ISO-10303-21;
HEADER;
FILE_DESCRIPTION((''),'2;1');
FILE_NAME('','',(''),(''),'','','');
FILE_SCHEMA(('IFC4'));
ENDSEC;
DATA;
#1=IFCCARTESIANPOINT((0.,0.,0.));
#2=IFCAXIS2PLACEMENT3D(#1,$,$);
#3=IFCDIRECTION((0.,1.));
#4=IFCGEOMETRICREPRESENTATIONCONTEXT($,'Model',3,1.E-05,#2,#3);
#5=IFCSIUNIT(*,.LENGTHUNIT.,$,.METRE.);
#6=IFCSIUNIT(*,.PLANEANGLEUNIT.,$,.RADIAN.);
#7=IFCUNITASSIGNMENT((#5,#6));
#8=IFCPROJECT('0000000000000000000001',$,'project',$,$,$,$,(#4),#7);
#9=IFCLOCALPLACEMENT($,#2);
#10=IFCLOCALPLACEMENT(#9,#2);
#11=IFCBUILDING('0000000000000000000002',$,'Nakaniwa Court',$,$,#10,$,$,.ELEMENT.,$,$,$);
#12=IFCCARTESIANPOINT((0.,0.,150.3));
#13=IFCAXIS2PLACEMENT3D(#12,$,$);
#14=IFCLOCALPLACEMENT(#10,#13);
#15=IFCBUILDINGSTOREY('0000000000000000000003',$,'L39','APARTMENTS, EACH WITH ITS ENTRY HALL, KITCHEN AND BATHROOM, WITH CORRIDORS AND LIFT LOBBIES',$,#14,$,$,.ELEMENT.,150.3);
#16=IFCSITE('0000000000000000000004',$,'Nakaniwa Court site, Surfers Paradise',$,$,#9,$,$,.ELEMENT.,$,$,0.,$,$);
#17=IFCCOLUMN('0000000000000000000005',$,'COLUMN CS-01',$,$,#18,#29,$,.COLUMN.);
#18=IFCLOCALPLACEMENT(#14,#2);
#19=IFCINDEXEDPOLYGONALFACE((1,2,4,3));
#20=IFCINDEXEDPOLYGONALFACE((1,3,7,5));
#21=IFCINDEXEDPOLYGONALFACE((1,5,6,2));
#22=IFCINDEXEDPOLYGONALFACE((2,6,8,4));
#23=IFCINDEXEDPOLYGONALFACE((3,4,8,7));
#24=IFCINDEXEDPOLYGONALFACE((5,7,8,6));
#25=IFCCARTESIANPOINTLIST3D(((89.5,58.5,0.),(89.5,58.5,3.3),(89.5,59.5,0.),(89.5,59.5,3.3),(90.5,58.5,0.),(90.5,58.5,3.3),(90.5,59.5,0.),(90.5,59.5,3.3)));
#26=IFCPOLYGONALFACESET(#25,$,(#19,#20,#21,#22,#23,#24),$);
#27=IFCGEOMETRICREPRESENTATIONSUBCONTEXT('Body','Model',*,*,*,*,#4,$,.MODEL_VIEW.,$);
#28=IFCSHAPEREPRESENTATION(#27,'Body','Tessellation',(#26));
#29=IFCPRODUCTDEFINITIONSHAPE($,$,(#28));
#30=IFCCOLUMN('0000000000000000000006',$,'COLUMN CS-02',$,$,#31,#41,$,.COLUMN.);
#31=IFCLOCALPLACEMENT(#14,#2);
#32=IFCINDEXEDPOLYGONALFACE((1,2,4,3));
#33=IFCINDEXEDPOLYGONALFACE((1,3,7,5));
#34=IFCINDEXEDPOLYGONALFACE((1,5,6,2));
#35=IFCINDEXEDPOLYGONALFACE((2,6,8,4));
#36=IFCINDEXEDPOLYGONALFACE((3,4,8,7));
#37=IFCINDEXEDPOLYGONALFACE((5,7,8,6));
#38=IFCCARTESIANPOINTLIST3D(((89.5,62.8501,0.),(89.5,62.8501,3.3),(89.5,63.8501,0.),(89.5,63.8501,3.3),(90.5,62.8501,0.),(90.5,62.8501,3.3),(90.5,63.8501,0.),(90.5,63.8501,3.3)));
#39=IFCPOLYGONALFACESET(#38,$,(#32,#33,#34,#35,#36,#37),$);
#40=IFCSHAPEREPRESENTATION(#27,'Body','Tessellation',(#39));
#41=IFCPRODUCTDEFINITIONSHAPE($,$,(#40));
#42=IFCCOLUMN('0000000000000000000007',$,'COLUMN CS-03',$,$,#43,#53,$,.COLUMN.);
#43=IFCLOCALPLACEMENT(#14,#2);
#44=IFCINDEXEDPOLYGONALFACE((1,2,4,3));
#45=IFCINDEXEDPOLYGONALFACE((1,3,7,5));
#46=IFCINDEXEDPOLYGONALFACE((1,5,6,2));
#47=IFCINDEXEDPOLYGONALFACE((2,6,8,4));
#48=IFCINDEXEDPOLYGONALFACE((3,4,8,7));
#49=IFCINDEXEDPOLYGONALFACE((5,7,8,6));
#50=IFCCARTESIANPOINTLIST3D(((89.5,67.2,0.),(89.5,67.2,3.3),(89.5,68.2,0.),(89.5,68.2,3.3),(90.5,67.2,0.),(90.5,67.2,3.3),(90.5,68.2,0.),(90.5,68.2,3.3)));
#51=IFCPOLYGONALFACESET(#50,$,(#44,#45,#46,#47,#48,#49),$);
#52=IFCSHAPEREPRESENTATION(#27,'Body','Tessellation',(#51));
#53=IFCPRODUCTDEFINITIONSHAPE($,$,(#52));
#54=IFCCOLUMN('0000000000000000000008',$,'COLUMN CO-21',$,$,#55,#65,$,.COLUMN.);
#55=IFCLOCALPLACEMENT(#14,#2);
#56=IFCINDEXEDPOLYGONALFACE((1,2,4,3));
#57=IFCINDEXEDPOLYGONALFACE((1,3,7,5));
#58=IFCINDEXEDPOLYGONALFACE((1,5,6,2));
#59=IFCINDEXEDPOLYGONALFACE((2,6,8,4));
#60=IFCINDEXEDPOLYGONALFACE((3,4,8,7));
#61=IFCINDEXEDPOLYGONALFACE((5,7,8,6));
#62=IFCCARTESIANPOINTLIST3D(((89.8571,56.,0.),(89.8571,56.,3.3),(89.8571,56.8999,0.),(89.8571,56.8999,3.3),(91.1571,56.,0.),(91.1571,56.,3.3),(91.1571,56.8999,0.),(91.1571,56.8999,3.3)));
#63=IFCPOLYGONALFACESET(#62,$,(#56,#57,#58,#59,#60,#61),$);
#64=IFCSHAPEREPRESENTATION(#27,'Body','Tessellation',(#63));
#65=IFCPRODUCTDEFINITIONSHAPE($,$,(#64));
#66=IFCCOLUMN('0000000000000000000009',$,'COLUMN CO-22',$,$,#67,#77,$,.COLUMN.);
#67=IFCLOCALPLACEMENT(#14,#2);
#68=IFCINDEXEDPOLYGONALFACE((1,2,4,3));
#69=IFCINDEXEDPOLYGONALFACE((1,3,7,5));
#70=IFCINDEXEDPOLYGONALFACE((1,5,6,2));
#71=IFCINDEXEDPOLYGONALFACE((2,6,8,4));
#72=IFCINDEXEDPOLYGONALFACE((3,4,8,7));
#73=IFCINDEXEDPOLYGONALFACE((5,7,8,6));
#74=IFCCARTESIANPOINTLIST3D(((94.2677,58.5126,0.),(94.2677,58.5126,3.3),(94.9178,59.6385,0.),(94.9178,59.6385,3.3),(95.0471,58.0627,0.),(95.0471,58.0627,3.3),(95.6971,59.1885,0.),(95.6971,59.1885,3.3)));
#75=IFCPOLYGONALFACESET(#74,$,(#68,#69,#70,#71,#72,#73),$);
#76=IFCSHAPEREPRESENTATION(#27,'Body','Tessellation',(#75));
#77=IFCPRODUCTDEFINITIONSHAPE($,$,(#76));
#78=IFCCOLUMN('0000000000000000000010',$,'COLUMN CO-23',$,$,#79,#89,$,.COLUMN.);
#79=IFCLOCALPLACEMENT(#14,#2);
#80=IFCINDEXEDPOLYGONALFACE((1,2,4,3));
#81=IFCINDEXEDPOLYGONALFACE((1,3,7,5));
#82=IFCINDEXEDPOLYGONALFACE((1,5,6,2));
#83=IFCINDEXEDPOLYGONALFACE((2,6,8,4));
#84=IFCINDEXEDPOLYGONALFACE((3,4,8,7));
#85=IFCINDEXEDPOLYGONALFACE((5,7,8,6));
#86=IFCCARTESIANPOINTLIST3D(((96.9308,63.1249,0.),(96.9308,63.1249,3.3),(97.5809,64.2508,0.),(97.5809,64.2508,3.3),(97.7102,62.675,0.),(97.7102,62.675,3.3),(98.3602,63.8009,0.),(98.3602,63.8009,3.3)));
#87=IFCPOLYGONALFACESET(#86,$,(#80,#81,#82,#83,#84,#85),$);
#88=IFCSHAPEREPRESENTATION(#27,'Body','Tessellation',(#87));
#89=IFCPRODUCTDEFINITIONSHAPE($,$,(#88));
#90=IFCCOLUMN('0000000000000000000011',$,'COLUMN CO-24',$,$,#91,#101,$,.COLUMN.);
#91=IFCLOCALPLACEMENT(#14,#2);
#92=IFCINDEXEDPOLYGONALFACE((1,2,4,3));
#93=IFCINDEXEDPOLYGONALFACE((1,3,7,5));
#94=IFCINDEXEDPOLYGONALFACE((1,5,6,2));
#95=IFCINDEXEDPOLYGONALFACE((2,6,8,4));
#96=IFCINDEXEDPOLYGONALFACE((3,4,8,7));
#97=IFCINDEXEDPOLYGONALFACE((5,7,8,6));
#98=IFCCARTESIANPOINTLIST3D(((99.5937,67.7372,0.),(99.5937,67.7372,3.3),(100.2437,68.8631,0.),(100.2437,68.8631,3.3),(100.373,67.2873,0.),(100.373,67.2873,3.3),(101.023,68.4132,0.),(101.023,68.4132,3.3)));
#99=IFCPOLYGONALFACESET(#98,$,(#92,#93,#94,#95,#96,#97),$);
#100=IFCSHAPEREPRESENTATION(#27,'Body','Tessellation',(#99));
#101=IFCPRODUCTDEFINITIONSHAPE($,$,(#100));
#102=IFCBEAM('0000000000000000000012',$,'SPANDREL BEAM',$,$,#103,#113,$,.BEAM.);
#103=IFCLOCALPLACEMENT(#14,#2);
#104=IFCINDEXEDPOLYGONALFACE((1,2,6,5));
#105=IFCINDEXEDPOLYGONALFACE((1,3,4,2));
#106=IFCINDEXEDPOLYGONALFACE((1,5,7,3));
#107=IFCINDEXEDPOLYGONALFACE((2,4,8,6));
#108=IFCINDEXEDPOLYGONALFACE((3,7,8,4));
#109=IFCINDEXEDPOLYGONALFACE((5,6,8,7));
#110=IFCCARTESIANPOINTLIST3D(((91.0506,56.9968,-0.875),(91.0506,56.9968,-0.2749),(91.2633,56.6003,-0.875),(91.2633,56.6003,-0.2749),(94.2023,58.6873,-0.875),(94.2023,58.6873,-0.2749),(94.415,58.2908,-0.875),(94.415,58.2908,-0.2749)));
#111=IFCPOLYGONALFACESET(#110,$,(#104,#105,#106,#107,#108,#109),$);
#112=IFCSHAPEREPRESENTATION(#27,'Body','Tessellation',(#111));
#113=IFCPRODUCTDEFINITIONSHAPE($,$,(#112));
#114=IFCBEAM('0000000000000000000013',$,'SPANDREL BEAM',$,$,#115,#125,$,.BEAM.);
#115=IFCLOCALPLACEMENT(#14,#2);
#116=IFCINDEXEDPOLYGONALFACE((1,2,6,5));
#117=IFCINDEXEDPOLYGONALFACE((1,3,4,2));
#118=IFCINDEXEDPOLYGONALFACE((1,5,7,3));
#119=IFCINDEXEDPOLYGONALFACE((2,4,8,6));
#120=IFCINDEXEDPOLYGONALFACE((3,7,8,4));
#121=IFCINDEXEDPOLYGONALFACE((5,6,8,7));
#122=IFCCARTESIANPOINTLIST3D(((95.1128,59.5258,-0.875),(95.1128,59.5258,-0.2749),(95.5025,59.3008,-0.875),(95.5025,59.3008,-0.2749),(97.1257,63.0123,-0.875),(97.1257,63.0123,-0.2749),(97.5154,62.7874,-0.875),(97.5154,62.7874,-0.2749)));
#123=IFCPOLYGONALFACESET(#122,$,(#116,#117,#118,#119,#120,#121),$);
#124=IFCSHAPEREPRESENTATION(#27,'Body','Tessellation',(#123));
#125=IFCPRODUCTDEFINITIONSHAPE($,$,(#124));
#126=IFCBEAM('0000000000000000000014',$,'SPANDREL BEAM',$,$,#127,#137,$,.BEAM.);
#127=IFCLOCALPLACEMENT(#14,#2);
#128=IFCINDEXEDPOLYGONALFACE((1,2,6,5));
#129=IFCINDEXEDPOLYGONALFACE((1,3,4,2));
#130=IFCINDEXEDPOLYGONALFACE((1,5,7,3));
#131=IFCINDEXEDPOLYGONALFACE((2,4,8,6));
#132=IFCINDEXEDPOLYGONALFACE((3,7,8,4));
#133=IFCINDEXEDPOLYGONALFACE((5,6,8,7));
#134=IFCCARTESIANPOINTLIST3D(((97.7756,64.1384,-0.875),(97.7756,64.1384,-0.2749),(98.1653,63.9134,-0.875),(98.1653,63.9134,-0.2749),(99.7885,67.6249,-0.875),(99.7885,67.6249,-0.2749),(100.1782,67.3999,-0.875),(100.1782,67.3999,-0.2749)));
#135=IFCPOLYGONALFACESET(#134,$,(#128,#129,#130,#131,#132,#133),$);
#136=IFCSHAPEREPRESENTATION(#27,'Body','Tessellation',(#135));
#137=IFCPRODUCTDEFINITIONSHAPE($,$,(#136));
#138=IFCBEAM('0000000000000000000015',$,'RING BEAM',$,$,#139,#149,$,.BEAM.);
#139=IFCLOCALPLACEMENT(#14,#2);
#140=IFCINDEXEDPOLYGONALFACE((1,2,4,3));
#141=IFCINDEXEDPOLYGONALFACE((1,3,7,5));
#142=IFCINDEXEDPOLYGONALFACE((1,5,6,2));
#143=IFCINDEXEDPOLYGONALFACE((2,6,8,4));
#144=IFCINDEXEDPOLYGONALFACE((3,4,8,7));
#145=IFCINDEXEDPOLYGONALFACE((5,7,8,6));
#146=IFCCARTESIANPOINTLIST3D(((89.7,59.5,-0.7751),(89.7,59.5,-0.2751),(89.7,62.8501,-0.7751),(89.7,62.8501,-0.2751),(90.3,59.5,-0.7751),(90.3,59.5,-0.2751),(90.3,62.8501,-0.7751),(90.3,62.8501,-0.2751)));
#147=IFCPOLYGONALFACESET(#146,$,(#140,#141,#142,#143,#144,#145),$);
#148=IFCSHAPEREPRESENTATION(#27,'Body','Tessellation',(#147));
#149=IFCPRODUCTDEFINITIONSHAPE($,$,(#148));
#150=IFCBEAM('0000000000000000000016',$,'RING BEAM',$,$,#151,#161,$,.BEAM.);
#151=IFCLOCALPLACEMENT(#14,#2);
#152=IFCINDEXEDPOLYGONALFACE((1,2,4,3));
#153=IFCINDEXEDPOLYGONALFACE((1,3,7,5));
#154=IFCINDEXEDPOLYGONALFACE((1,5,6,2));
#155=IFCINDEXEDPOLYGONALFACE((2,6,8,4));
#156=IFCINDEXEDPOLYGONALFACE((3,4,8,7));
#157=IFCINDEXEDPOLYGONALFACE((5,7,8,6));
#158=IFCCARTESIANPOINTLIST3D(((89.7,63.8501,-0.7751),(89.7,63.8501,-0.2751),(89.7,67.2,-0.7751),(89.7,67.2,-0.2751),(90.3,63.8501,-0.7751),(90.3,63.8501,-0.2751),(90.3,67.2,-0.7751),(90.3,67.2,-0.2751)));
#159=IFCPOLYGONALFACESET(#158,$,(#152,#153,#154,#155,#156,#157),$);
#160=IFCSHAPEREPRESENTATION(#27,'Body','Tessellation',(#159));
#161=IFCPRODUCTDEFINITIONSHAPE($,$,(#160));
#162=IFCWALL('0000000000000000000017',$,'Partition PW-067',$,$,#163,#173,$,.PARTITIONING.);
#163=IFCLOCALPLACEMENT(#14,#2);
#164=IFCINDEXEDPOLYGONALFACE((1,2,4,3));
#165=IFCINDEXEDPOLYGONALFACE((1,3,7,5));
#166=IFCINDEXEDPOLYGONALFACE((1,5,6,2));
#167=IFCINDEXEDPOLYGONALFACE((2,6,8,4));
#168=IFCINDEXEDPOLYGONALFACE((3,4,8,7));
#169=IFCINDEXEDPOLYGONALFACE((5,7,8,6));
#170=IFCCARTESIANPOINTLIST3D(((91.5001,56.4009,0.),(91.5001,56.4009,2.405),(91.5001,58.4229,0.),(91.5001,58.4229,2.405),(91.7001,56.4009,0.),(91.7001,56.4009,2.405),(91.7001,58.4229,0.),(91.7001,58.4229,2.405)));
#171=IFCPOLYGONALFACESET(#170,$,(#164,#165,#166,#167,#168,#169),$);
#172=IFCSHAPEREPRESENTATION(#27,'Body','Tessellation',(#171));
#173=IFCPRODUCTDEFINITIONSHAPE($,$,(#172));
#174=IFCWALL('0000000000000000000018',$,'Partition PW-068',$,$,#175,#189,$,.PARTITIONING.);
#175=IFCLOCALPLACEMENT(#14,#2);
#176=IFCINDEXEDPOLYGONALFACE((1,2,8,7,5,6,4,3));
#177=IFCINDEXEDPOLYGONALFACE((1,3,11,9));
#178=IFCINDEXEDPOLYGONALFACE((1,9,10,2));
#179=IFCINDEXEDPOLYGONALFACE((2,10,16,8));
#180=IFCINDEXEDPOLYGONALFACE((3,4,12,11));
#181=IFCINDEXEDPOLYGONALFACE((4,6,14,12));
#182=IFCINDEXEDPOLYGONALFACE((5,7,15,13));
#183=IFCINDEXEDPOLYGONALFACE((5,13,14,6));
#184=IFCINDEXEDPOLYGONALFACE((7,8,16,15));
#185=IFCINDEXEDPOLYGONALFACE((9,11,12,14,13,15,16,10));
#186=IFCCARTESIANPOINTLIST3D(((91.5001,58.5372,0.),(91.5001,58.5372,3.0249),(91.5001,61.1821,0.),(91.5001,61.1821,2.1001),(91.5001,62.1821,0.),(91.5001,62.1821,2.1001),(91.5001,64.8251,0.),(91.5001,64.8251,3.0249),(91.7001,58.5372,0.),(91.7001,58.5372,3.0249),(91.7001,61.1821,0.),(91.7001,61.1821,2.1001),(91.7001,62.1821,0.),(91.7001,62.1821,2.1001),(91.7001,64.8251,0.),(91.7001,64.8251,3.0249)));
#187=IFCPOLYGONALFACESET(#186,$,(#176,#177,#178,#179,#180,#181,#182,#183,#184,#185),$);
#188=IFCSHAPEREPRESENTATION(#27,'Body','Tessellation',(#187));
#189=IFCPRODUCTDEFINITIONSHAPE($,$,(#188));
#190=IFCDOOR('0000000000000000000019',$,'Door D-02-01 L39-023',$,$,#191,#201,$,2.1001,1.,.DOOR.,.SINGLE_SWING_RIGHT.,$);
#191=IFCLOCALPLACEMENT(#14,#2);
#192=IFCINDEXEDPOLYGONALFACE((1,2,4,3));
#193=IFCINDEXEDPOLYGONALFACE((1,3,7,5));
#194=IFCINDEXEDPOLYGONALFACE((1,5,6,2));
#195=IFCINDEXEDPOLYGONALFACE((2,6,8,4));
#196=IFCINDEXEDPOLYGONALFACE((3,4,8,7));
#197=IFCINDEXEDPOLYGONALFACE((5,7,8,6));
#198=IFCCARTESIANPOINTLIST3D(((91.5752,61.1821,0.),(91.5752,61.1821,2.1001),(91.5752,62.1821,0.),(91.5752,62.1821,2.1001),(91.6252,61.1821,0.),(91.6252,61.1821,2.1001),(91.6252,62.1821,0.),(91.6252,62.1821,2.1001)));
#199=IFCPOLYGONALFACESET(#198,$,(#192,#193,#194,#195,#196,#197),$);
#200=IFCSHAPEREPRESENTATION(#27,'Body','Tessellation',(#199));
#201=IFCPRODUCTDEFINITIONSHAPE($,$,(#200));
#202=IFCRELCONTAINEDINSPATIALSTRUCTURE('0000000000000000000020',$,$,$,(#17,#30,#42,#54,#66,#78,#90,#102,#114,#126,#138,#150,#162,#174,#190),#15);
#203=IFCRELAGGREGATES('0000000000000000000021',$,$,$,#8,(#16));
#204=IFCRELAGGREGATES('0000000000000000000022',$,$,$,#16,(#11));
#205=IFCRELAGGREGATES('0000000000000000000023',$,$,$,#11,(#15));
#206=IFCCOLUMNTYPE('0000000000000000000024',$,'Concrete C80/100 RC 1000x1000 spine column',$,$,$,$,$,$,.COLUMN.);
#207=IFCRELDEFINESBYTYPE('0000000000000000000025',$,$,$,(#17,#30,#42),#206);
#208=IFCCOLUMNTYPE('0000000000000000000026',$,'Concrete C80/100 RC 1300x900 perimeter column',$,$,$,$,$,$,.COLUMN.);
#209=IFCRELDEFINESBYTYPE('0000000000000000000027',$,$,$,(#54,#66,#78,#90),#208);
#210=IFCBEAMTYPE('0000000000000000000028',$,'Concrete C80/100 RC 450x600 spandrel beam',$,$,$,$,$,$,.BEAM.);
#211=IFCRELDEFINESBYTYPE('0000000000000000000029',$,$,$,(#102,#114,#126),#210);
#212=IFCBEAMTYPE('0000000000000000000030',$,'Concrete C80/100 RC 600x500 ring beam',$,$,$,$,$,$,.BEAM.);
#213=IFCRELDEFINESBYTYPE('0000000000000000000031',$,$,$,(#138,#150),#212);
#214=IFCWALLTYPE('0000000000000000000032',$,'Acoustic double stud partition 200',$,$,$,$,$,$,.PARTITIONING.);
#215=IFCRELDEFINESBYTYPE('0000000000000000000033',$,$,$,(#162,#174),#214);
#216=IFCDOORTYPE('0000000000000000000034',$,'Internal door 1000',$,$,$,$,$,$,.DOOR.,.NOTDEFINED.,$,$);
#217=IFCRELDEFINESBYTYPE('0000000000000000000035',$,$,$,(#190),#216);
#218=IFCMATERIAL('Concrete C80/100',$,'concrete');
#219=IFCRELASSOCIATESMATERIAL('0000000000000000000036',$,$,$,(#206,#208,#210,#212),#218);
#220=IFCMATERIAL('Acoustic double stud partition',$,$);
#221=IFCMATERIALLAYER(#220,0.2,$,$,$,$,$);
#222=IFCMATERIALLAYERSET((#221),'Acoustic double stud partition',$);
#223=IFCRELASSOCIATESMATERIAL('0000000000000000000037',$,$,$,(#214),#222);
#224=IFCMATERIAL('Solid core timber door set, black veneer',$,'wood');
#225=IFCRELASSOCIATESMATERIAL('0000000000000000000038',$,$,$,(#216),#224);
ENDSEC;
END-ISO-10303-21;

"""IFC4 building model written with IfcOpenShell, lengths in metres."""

from ifc_helpers import new_model, si_unit, direction, frame, frame_2d, origin, origin_2d, place, context, subcontext, project, spatial, rectangle, extrude, material, layer, layer_set, material_profile, profile_set, type_object, element, fill, save


model = new_model("IFC4")

# Units and contexts
model_context = context("Model", 3, precision=1e-05, world=origin(), true_north=direction((0.0, 1.0)))
body_context = subcontext(model_context, "Body", "Model", "MODEL_VIEW")
ifc_project = project(units=[si_unit("LENGTHUNIT", "METRE"), si_unit("PLANEANGLEUNIT", "RADIAN")], contexts=[model_context])

# Site, building, storey
site_placement = place(None, origin())
site = spatial("IfcSite", under=ifc_project, at=site_placement, Name="Nakaniwa Court site, Surfers Paradise", CompositionType="ELEMENT", RefElevation=0.0)
building_placement = place(site_placement, origin())
building = spatial("IfcBuilding", under=site, at=building_placement, Name="Nakaniwa Court", CompositionType="ELEMENT")
storey_placement = place(building_placement, frame((0.0, 0.0, 150.3)))
storey = spatial("IfcBuildingStorey", under=building, at=storey_placement, Name="L39", Description="APARTMENTS, EACH WITH ITS ENTRY HALL, KITCHEN AND BATHROOM, WITH CORRIDORS AND LIFT LOBBIES", CompositionType="ELEMENT", Elevation=150.3)

# Columns
ifc_material_1 = material(Name="Concrete C80/100", Category="concrete")
ifc_material_profile_1 = material_profile(ifc_material_1, rectangle(XDim=1.0, YDim=1.0, at=origin_2d()), Name="Concrete C80/100 RC 1000x1000 spine column")
ifc_profile_set_1 = profile_set([ifc_material_profile_1], Name="Concrete C80/100")
column_type_1 = type_object("IfcColumnType", Name="Concrete C80/100 RC 1000x1000 spine column", PredefinedType="COLUMN", material=ifc_profile_set_1)
for number, where, z_axis, x_axis, name in (
    (1, (90.0, 59.0, 0.0), (0.0, 0.0, 1.0), (0.0, 1.0, 0.0), "COLUMN CS-01"),
    (2, (90.0, 63.3501, 0.0), (0.0, 0.0, 1.0), (0.0, 1.0, 0.0), "COLUMN CS-02"),
    (3, (90.0, 67.7, 0.0), (0.0, 0.0, 1.0), (0.0, 1.0, 0.0), "COLUMN CS-03"),
):
    element("IfcColumn", number, at=place(storey_placement, frame(where, z_axis=z_axis, x_axis=x_axis)), inside=storey, type_object=column_type_1, Name=name, PredefinedType="COLUMN", context=body_context, shape_type="SweptSolid", body=[
        extrude(rectangle(XDim=1.0, YDim=1.0, at=origin_2d()), origin(), (0.0, 0.0, 1.0), 3.3),
    ])
ifc_material_profile_2 = material_profile(ifc_material_1, rectangle(XDim=1.3, YDim=0.8999, at=origin_2d()), Name="Concrete C80/100 RC 1300x900 perimeter column")
ifc_profile_set_2 = profile_set([ifc_material_profile_2], Name="Concrete C80/100")
column_type_2 = type_object("IfcColumnType", Name="Concrete C80/100 RC 1300x900 perimeter column", PredefinedType="COLUMN", material=ifc_profile_set_2)
for number, where, z_axis, x_axis, name in (
    (4, (90.5071, 56.45, 0.0), (0.0, 0.0, 1.0), (1.0, 0.0, 0.0), "COLUMN CO-21"),
    (5, (94.9824, 58.8506, 0.0), (0.0, 0.0, 1.0), (0.5, 0.866025, 0.0), "COLUMN CO-22"),
    (6, (97.6455, 63.4629, 0.0), (0.0, 0.0, 1.0), (0.5, 0.866025, 0.0), "COLUMN CO-23"),
    (7, (100.3083, 68.0752, 0.0), (0.0, 0.0, 1.0), (0.5, 0.866025, 0.0), "COLUMN CO-24"),
):
    element("IfcColumn", number, at=place(storey_placement, frame(where, z_axis=z_axis, x_axis=x_axis)), inside=storey, type_object=column_type_2, Name=name, PredefinedType="COLUMN", context=body_context, shape_type="SweptSolid", body=[
        extrude(rectangle(XDim=1.3, YDim=0.8999, at=origin_2d()), origin(), (0.0, 0.0, 1.0), 3.3),
    ])

# Beams
ifc_material_profile_3 = material_profile(ifc_material_1, rectangle(XDim=0.45, YDim=0.6001, at=origin_2d()), Name="Concrete C80/100 RC 450x600 spandrel beam")
ifc_profile_set_3 = profile_set([ifc_material_profile_3], Name="Concrete C80/100")
beam_type_1 = type_object("IfcBeamType", Name="Concrete C80/100 RC 450x600 spandrel beam", PredefinedType="BEAM", material=ifc_profile_set_3)
beam_1_placement = place(storey_placement, frame((91.157, 56.7986, -0.575), z_axis=(0.881239, 0.47267, 0.0), x_axis=(-0.47267, 0.881239, 0.0)))
element("IfcBeam", 8, at=beam_1_placement, inside=storey, type_object=beam_type_1, Name="SPANDREL BEAM", PredefinedType="BEAM", context=body_context, shape_type="SweptSolid", body=[
    extrude(rectangle(XDim=0.45, YDim=0.6001, at=origin_2d()), origin(), (0.0, 0.0, 1.0), 3.5764),
])
for number, where, z_axis, x_axis, name in (
    (9, (95.3076, 59.4133, -0.575), (0.499994, 0.866029, 0.0), (-0.866029, 0.499994, 0.0), "SPANDREL BEAM"),
    (10, (97.9705, 64.0259, -0.575), (0.499994, 0.866029, 0.0), (-0.866029, 0.499994, 0.0), "SPANDREL BEAM"),
):
    element("IfcBeam", number, at=place(storey_placement, frame(where, z_axis=z_axis, x_axis=x_axis)), inside=storey, type_object=beam_type_1, Name=name, PredefinedType="BEAM", context=body_context, shape_type="SweptSolid", body=[
        extrude(rectangle(XDim=0.45, YDim=0.6001, at=origin_2d()), origin(), (0.0, 0.0, 1.0), 4.0259),
    ])
ifc_material_profile_4 = material_profile(ifc_material_1, rectangle(XDim=0.6001, YDim=0.5, at=origin_2d()), Name="Concrete C80/100 RC 600x500 ring beam")
ifc_profile_set_4 = profile_set([ifc_material_profile_4], Name="Concrete C80/100")
beam_type_2 = type_object("IfcBeamType", Name="Concrete C80/100 RC 600x500 ring beam", PredefinedType="BEAM", material=ifc_profile_set_4)
beam_2_placement = place(storey_placement, frame((90.0, 59.5, -0.5251), z_axis=(0.0, 1.0, 0.0), x_axis=(-1.0, 0.0, 0.0)))
element("IfcBeam", 11, at=beam_2_placement, inside=storey, type_object=beam_type_2, Name="RING BEAM", PredefinedType="BEAM", context=body_context, shape_type="SweptSolid", body=[
    extrude(rectangle(XDim=0.6001, YDim=0.5, at=origin_2d()), origin(), (0.0, 0.0, 1.0), 3.3501),
])
beam_3_placement = place(storey_placement, frame((90.0, 63.8501, -0.5251), z_axis=(0.0, 1.0, 0.0), x_axis=(-1.0, 0.0, 0.0)))
element("IfcBeam", 12, at=beam_3_placement, inside=storey, type_object=beam_type_2, Name="RING BEAM", PredefinedType="BEAM", context=body_context, shape_type="SweptSolid", body=[
    extrude(rectangle(XDim=0.6001, YDim=0.5, at=origin_2d()), origin(), (0.0, 0.0, 1.0), 3.3499),
])

# Wall
ifc_material_2 = material(Name="Acoustic double stud partition")
ifc_layer_1 = layer(ifc_material_2, 0.2)
ifc_layer_set_1 = layer_set([ifc_layer_1], Name="Acoustic double stud partition")
wall_type_1 = type_object("IfcWallType", Name="Acoustic double stud partition 200", PredefinedType="PARTITIONING", material=ifc_layer_set_1)
wall_1_placement = place(storey_placement, frame((91.6001, 56.4009, 0.0), z_axis=(0.0, 0.0, 1.0), x_axis=(0.0, 1.0, 0.0)))
element("IfcWall", 13, at=wall_1_placement, inside=storey, type_object=wall_type_1, Name="Partition PW-067", PredefinedType="PARTITIONING", context=body_context, shape_type="SweptSolid", body=[
    extrude(rectangle(XDim=2.022, YDim=0.2, at=frame_2d((1.011, 0.0))), origin(), (0.0, 0.0, 1.0), 2.405),
])

# Wall, opening, door
wall_2_placement = place(storey_placement, frame((91.6001, 58.5371, 0.0), z_axis=(0.0, 0.0, 1.0), x_axis=(0.0, 1.0, 0.0)))
wall_2 = element("IfcWall", 14, at=wall_2_placement, inside=storey, type_object=wall_type_1, Name="Partition PW-068", PredefinedType="PARTITIONING", context=body_context, shape_type="SweptSolid", body=[
    extrude(rectangle(XDim=6.2878, YDim=0.2, at=frame_2d((3.144, 0.0))), origin(), (0.0, 0.0, 1.0), 3.0249),
])
opening_1_placement = place(wall_2_placement, frame((2.645, 0.0, 0.0)))
opening_1 = element("IfcOpeningElement", 15, at=opening_1_placement, cuts=wall_2, PredefinedType="OPENING", context=body_context, shape_type="SweptSolid", body=[
    extrude(rectangle(XDim=1.0, YDim=2.1001, at=frame_2d((0.5, 1.05))), frame((0.0, 0.1099, 0.0), z_axis=(0.0, -1.0, 0.0), x_axis=(1.0, 0.0, 0.0)), (0.0, 0.0, 1.0), 0.22),
])
ifc_material_3 = material(Name="Solid core timber door set, black veneer", Category="wood")
door_type = type_object("IfcDoorType", Name="Internal door 1000", OperationType="NOTDEFINED", PredefinedType="DOOR", material=ifc_material_3)
door_1_placement = place(opening_1_placement, origin())
door_1 = element("IfcDoor", 16, at=door_1_placement, inside=storey, type_object=door_type, Name="Door D-02-01 L39-023", OperationType="SINGLE_SWING_RIGHT", OverallHeight=2.1001, OverallWidth=1.0, PredefinedType="DOOR", context=body_context, shape_type="SweptSolid", body=[
    extrude(rectangle(XDim=1.0, YDim=2.1001, at=frame_2d((0.5, 1.05))), frame((0.0, 0.0249, 0.0), z_axis=(0.0, -1.0, 0.0), x_axis=(1.0, 0.0, 0.0)), (0.0, 0.0, 1.0), 0.05),
])
fill(opening_1, door_1)

save(model, "model.ifc")
